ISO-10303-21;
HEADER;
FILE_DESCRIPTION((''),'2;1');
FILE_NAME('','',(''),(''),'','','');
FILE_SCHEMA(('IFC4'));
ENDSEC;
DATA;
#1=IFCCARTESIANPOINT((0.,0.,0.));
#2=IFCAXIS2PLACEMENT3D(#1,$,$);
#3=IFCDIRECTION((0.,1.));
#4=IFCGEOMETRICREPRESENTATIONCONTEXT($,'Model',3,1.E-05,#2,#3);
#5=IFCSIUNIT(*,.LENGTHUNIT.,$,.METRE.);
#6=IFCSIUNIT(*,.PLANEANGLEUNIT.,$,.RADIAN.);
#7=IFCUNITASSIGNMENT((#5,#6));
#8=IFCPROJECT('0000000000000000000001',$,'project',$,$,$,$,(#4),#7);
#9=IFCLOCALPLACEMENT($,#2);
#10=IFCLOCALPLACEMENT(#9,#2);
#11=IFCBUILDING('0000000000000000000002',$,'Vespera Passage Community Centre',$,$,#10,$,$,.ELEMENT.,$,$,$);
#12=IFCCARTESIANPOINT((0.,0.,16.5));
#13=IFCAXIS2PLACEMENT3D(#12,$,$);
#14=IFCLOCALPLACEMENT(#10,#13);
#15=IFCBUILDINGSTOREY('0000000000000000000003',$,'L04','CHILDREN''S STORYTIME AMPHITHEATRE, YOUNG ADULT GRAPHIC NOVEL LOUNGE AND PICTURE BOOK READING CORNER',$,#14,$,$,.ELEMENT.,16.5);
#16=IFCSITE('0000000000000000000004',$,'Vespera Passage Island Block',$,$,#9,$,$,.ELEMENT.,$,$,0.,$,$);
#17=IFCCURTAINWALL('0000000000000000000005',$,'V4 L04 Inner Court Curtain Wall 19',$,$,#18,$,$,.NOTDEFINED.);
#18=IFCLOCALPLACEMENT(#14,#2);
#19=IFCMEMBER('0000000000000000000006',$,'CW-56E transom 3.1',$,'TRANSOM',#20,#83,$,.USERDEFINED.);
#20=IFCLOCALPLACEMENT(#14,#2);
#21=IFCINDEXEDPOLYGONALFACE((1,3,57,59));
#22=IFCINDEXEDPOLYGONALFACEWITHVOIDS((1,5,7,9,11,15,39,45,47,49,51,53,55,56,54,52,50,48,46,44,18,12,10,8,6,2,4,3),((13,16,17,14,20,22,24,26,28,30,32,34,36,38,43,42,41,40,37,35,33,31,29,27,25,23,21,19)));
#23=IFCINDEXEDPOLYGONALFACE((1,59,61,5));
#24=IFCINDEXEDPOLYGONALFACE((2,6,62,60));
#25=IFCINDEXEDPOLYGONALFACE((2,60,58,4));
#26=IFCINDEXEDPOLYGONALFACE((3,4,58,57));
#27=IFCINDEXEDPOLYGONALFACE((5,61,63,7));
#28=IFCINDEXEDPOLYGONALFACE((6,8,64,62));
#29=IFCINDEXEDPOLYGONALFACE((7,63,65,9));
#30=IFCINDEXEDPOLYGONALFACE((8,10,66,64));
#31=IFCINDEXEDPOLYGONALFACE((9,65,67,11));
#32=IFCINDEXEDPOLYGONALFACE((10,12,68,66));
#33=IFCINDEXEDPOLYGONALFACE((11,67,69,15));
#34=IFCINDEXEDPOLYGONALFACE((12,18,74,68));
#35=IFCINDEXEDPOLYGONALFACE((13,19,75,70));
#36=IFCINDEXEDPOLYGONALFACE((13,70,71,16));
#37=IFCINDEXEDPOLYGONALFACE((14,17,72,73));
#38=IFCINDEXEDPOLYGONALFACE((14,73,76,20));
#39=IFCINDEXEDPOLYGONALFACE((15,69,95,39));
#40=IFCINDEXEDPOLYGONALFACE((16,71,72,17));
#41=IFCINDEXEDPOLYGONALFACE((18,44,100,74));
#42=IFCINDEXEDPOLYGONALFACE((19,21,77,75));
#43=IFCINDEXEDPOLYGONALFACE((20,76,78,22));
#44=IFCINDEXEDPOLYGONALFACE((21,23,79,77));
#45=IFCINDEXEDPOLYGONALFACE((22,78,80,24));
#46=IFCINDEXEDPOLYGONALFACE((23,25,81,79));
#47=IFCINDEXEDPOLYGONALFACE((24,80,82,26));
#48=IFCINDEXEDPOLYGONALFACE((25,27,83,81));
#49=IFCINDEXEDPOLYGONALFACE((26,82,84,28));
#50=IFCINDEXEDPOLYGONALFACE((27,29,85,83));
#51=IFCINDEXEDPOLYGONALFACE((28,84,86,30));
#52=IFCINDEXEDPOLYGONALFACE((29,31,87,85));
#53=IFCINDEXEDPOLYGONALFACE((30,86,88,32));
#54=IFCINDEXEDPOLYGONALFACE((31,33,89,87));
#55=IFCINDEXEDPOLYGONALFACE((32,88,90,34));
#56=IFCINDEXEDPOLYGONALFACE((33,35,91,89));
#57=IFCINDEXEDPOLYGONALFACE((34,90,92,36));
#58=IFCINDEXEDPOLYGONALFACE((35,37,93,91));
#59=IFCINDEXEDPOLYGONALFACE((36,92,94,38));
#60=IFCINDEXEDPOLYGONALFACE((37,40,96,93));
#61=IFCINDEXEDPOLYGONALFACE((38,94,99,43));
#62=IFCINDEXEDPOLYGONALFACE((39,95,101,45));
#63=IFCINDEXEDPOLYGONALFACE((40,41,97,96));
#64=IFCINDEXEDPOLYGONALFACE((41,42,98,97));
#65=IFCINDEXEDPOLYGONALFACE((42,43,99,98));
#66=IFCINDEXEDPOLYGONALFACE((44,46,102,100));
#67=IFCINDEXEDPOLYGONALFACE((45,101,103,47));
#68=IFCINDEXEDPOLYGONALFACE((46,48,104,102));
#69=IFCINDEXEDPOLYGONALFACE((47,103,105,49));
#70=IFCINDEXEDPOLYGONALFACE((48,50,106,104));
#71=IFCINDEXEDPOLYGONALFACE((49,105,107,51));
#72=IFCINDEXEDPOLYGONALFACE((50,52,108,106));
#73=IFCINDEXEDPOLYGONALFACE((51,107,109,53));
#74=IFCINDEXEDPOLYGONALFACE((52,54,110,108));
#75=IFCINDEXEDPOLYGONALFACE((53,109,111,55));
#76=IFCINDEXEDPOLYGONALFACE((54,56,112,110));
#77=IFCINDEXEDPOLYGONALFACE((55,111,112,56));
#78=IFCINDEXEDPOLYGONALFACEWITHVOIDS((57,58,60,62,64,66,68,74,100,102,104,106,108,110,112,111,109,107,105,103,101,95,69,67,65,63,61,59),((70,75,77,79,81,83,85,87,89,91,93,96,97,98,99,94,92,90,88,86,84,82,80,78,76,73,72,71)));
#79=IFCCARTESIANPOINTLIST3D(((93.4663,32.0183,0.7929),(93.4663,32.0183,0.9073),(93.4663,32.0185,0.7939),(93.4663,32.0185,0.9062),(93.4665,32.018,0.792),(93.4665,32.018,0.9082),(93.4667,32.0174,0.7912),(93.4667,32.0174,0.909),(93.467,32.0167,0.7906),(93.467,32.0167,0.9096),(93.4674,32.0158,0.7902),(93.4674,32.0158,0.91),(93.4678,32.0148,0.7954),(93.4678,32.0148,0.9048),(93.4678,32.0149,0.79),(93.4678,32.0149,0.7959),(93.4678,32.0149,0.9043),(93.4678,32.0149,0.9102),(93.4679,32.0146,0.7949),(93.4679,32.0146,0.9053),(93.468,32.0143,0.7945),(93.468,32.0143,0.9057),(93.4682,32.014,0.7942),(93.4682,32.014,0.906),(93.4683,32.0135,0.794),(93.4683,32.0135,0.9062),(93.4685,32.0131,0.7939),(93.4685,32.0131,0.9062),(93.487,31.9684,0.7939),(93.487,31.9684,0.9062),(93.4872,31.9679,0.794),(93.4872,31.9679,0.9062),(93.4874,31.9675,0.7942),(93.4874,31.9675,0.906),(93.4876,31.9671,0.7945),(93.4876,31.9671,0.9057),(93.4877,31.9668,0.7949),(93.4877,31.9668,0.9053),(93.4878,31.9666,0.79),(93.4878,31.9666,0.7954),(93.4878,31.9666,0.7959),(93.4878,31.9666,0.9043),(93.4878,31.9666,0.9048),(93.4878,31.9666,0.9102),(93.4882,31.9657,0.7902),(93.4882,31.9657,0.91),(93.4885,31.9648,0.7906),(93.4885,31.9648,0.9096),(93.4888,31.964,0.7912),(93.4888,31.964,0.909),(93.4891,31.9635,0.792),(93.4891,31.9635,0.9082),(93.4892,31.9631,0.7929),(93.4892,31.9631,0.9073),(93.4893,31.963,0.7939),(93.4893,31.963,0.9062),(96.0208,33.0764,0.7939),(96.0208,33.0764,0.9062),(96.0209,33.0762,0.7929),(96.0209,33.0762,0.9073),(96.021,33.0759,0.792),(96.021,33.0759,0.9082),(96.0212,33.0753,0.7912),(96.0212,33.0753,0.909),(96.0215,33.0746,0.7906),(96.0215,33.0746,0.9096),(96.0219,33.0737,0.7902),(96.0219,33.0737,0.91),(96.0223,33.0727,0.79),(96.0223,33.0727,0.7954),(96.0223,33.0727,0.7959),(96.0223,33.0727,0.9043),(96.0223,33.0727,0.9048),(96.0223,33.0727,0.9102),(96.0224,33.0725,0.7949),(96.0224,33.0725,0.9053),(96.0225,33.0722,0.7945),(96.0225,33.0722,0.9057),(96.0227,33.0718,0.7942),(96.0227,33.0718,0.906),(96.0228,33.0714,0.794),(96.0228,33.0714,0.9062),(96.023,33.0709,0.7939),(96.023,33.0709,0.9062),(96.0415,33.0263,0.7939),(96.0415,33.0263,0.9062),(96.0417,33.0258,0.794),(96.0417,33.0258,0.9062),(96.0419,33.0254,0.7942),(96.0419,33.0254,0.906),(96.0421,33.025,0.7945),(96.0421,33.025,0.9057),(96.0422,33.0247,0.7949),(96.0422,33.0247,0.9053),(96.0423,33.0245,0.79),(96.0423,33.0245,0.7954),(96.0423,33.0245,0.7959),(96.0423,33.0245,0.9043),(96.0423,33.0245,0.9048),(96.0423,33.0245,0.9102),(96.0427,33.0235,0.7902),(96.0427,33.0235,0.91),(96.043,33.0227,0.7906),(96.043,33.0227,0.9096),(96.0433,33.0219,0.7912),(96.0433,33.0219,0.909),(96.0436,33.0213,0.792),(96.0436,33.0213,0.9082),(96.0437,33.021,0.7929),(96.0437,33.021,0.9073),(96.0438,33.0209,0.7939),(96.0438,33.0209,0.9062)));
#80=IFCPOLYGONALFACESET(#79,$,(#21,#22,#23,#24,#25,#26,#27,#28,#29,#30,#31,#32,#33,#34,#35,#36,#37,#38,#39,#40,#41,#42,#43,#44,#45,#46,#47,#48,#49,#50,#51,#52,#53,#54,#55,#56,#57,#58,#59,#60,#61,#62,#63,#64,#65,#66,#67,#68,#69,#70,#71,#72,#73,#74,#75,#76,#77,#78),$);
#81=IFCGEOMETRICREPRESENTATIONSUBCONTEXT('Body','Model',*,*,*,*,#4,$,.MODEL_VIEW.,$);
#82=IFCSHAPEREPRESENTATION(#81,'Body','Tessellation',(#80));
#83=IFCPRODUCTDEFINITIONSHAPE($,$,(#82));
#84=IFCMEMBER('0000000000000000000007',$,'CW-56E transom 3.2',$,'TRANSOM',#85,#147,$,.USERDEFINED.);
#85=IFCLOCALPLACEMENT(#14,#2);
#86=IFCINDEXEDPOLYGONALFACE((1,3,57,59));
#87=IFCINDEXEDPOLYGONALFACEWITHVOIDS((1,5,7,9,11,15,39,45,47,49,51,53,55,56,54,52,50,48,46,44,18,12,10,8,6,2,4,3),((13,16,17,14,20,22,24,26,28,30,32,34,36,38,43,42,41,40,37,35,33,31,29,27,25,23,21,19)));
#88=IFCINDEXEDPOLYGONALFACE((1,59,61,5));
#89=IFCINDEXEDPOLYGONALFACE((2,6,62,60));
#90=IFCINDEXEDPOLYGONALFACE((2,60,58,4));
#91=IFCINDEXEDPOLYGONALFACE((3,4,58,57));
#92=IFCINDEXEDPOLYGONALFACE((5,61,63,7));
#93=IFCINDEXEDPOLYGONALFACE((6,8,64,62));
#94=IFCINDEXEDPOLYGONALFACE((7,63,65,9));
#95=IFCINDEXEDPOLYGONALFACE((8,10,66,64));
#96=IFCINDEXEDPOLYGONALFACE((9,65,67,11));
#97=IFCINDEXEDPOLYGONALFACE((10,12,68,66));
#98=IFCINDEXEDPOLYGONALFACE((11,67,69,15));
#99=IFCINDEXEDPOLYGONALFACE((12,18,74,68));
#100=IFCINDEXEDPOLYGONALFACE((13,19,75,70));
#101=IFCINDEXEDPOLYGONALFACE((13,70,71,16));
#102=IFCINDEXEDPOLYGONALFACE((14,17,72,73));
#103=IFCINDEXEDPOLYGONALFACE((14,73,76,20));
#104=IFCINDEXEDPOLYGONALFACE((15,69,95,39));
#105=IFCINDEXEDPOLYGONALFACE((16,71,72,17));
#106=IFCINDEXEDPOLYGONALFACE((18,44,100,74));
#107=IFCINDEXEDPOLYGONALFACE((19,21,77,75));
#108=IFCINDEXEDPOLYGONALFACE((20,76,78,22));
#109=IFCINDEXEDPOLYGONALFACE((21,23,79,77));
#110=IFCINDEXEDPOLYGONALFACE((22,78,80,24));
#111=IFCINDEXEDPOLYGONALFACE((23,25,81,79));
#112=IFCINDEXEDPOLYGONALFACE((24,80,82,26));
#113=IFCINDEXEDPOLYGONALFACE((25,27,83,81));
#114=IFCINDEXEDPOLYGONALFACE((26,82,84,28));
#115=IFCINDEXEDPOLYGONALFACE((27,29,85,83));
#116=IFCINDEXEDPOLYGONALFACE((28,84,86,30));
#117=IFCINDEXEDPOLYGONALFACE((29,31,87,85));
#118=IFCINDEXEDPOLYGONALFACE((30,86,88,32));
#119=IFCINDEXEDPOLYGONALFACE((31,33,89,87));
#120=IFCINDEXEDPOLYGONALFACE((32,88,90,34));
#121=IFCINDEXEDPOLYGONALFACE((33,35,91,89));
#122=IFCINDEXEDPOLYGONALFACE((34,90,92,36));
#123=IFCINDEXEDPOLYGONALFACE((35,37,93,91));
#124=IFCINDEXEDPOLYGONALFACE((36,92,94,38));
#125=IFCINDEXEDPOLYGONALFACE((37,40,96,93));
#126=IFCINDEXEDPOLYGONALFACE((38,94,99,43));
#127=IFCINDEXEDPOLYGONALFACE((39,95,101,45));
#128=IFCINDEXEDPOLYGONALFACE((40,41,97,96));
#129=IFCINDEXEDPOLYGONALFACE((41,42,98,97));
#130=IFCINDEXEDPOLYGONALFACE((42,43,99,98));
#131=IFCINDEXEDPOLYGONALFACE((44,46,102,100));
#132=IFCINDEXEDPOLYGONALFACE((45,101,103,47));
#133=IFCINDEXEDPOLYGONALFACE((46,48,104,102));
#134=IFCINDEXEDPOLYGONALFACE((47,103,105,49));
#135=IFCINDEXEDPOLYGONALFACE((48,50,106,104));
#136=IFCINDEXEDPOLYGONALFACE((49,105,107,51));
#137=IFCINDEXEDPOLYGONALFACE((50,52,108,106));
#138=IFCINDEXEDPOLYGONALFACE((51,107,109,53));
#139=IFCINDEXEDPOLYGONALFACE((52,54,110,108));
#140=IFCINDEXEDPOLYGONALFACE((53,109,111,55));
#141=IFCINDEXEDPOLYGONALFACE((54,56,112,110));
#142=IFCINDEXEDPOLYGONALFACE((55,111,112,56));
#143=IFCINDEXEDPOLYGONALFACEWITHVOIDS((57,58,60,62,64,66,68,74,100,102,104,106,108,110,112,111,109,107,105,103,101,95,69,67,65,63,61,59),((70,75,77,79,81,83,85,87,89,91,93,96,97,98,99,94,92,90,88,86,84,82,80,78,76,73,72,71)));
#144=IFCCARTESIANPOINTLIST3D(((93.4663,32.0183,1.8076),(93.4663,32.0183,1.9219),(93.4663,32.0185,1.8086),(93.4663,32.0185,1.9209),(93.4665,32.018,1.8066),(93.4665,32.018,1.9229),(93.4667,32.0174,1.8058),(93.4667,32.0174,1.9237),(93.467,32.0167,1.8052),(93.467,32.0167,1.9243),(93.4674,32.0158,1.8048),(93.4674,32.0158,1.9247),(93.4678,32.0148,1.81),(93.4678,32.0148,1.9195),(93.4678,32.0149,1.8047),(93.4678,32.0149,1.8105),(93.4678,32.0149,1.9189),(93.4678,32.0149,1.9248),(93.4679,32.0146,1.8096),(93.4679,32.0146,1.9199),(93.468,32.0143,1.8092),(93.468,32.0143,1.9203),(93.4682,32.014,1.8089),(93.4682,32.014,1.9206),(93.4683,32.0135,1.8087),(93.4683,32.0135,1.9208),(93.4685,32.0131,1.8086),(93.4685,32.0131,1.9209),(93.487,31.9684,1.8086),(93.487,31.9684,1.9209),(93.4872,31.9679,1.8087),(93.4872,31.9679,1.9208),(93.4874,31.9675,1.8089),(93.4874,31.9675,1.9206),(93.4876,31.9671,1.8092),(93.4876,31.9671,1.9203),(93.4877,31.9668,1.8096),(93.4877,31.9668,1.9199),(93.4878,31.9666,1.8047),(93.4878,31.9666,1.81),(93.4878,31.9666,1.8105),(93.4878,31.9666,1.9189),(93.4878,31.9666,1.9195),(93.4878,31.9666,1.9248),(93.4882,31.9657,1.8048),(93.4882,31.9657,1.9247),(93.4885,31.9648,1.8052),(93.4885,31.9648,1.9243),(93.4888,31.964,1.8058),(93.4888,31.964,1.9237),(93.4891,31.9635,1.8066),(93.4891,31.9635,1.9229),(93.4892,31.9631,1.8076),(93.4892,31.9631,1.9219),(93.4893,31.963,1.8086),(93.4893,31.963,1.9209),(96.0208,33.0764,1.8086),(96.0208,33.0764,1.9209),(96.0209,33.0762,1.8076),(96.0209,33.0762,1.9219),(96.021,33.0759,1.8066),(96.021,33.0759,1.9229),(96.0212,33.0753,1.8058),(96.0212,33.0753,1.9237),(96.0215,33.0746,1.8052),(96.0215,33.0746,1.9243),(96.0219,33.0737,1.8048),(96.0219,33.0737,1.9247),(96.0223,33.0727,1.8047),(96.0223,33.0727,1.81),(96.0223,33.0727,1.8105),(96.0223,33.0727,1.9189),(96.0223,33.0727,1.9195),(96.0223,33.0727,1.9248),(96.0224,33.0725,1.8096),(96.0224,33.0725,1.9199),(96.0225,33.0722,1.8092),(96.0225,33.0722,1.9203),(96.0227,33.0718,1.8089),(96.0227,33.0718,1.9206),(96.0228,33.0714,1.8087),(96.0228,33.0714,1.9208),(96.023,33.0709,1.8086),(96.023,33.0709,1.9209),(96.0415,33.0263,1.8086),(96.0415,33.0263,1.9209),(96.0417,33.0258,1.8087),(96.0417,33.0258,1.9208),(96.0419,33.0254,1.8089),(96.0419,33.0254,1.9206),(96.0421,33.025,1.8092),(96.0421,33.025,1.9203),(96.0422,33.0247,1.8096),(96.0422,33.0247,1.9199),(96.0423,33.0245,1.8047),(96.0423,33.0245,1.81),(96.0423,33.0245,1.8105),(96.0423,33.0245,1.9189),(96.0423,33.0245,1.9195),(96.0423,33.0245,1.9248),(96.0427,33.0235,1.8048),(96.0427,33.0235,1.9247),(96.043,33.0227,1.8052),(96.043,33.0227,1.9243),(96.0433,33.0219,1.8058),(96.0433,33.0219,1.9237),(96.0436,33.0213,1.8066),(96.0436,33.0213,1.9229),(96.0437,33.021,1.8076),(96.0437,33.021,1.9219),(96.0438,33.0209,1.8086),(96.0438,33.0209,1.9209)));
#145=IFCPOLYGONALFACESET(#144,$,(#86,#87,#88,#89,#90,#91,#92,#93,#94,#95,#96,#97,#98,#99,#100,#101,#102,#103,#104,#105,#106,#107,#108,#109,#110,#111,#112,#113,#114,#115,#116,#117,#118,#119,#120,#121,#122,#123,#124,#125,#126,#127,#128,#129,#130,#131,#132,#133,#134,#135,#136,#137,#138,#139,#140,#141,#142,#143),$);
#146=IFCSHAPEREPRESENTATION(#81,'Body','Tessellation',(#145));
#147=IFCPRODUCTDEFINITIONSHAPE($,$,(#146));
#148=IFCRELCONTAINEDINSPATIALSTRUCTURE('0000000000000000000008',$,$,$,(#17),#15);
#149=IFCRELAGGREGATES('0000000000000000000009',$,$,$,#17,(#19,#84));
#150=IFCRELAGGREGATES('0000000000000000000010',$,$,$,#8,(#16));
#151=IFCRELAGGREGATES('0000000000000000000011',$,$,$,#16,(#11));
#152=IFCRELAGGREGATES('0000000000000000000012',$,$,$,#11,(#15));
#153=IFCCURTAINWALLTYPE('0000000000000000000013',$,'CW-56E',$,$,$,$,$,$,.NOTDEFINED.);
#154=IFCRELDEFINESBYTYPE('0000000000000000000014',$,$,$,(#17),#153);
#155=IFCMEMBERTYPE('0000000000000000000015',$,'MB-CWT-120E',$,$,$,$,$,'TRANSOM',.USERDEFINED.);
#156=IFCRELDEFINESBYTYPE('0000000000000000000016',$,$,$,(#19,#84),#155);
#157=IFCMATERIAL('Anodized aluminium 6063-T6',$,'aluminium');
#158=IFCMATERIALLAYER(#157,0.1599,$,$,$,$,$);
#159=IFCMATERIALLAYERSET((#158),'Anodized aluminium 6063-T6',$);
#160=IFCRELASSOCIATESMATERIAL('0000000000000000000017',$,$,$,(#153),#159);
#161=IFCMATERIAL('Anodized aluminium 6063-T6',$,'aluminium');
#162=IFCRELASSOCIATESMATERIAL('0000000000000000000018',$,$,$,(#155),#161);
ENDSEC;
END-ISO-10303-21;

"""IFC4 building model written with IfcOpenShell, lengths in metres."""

from ifc_helpers import new_model, si_unit, direction, frame, origin, origin_2d, place, context, subcontext, project, spatial, hollow_rectangle, extrude, material, layer, layer_set, material_profile, profile_set, type_object, element, aggregate, save


model = new_model("IFC4")

# Units and contexts
model_context = context("Model", 3, precision=1e-05, world=origin(), true_north=direction((0.0, 1.0)))
body_context = subcontext(model_context, "Body", "Model", "MODEL_VIEW")
ifc_project = project(units=[si_unit("LENGTHUNIT", "METRE"), si_unit("PLANEANGLEUNIT", "RADIAN")], contexts=[model_context])

# Site, building, storey
site_placement = place(None, origin())
site = spatial("IfcSite", under=ifc_project, at=site_placement, Name="Vespera Passage Island Block", CompositionType="ELEMENT", RefElevation=0.0)
building_placement = place(site_placement, origin())
building = spatial("IfcBuilding", under=site, at=building_placement, Name="Vespera Passage Community Centre", CompositionType="ELEMENT")
storey_placement = place(building_placement, frame((0.0, 0.0, 16.5)))
storey = spatial("IfcBuildingStorey", under=building, at=storey_placement, Name="L04", Description="CHILDREN'S STORYTIME AMPHITHEATRE, YOUNG ADULT GRAPHIC NOVEL LOUNGE AND PICTURE BOOK READING CORNER", CompositionType="ELEMENT", Elevation=16.5)

# Curtain wall
ifc_material_1 = material(Name="Anodized aluminium 6063-T6", Category="aluminium")
ifc_layer_1 = layer(ifc_material_1, 0.1599)
ifc_layer_set_1 = layer_set([ifc_layer_1], Name="Anodized aluminium 6063-T6")
curtain_wall_type = type_object("IfcCurtainWallType", Name="CW-56E", PredefinedType="NOTDEFINED", material=ifc_layer_set_1)
curtain_wall_1_placement = place(storey_placement, origin())
curtain_wall_1 = element("IfcCurtainWall", 1, at=curtain_wall_1_placement, inside=storey, type_object=curtain_wall_type, Name="V4 L04 Inner Court Curtain Wall 19", PredefinedType="NOTDEFINED")

# Members
ifc_material_2 = material(Name="Anodized aluminium 6063-T6", Category="aluminium")
ifc_material_profile_1 = material_profile(ifc_material_2, hollow_rectangle(XDim=0.0601, YDim=0.1201, WallThickness=0.0039, InnerFilletRadius=0.002, OuterFilletRadius=0.0039, at=origin_2d()), Name="ALU120X60X4")
ifc_profile_set_1 = profile_set([ifc_material_profile_1], Name="Anodized aluminium 6063-T6")
member_type_1 = type_object("IfcMemberType", Name="MB-CWT-120E", ElementType="TRANSOM", PredefinedType="USERDEFINED", material=ifc_profile_set_1)
member_1_placement = place(storey_placement, frame((93.4778, 31.9907, 0.8501), z_axis=(0.923908, 0.382614, 0.0), x_axis=(-0.382614, 0.923908, 0.0)))
member_1 = element("IfcMember", 2, at=member_1_placement, type_object=member_type_1, Name="CW-56E transom 3.1", ObjectType="TRANSOM", PredefinedType="USERDEFINED", context=body_context, shape_type="SweptSolid", body=[
    extrude(hollow_rectangle(XDim=0.0601, YDim=0.1201, WallThickness=0.0039, InnerFilletRadius=0.002, OuterFilletRadius=0.0039, at=origin_2d()), origin(), (0.0, 0.0, 1.0), 2.7649),
])
member_2_placement = place(storey_placement, frame((93.4778, 31.9907, 1.8647), z_axis=(0.923908, 0.382614, 0.0), x_axis=(-0.382614, 0.923908, 0.0)))
member_2 = element("IfcMember", 3, at=member_2_placement, type_object=member_type_1, Name="CW-56E transom 3.2", ObjectType="TRANSOM", PredefinedType="USERDEFINED", context=body_context, shape_type="SweptSolid", body=[
    extrude(hollow_rectangle(XDim=0.0601, YDim=0.1201, WallThickness=0.0039, InnerFilletRadius=0.002, OuterFilletRadius=0.0039, at=origin_2d()), origin(), (0.0, 0.0, 1.0), 2.7649),
])

aggregate(curtain_wall_1, [member_1, member_2])

save(model, "model.ifc")
